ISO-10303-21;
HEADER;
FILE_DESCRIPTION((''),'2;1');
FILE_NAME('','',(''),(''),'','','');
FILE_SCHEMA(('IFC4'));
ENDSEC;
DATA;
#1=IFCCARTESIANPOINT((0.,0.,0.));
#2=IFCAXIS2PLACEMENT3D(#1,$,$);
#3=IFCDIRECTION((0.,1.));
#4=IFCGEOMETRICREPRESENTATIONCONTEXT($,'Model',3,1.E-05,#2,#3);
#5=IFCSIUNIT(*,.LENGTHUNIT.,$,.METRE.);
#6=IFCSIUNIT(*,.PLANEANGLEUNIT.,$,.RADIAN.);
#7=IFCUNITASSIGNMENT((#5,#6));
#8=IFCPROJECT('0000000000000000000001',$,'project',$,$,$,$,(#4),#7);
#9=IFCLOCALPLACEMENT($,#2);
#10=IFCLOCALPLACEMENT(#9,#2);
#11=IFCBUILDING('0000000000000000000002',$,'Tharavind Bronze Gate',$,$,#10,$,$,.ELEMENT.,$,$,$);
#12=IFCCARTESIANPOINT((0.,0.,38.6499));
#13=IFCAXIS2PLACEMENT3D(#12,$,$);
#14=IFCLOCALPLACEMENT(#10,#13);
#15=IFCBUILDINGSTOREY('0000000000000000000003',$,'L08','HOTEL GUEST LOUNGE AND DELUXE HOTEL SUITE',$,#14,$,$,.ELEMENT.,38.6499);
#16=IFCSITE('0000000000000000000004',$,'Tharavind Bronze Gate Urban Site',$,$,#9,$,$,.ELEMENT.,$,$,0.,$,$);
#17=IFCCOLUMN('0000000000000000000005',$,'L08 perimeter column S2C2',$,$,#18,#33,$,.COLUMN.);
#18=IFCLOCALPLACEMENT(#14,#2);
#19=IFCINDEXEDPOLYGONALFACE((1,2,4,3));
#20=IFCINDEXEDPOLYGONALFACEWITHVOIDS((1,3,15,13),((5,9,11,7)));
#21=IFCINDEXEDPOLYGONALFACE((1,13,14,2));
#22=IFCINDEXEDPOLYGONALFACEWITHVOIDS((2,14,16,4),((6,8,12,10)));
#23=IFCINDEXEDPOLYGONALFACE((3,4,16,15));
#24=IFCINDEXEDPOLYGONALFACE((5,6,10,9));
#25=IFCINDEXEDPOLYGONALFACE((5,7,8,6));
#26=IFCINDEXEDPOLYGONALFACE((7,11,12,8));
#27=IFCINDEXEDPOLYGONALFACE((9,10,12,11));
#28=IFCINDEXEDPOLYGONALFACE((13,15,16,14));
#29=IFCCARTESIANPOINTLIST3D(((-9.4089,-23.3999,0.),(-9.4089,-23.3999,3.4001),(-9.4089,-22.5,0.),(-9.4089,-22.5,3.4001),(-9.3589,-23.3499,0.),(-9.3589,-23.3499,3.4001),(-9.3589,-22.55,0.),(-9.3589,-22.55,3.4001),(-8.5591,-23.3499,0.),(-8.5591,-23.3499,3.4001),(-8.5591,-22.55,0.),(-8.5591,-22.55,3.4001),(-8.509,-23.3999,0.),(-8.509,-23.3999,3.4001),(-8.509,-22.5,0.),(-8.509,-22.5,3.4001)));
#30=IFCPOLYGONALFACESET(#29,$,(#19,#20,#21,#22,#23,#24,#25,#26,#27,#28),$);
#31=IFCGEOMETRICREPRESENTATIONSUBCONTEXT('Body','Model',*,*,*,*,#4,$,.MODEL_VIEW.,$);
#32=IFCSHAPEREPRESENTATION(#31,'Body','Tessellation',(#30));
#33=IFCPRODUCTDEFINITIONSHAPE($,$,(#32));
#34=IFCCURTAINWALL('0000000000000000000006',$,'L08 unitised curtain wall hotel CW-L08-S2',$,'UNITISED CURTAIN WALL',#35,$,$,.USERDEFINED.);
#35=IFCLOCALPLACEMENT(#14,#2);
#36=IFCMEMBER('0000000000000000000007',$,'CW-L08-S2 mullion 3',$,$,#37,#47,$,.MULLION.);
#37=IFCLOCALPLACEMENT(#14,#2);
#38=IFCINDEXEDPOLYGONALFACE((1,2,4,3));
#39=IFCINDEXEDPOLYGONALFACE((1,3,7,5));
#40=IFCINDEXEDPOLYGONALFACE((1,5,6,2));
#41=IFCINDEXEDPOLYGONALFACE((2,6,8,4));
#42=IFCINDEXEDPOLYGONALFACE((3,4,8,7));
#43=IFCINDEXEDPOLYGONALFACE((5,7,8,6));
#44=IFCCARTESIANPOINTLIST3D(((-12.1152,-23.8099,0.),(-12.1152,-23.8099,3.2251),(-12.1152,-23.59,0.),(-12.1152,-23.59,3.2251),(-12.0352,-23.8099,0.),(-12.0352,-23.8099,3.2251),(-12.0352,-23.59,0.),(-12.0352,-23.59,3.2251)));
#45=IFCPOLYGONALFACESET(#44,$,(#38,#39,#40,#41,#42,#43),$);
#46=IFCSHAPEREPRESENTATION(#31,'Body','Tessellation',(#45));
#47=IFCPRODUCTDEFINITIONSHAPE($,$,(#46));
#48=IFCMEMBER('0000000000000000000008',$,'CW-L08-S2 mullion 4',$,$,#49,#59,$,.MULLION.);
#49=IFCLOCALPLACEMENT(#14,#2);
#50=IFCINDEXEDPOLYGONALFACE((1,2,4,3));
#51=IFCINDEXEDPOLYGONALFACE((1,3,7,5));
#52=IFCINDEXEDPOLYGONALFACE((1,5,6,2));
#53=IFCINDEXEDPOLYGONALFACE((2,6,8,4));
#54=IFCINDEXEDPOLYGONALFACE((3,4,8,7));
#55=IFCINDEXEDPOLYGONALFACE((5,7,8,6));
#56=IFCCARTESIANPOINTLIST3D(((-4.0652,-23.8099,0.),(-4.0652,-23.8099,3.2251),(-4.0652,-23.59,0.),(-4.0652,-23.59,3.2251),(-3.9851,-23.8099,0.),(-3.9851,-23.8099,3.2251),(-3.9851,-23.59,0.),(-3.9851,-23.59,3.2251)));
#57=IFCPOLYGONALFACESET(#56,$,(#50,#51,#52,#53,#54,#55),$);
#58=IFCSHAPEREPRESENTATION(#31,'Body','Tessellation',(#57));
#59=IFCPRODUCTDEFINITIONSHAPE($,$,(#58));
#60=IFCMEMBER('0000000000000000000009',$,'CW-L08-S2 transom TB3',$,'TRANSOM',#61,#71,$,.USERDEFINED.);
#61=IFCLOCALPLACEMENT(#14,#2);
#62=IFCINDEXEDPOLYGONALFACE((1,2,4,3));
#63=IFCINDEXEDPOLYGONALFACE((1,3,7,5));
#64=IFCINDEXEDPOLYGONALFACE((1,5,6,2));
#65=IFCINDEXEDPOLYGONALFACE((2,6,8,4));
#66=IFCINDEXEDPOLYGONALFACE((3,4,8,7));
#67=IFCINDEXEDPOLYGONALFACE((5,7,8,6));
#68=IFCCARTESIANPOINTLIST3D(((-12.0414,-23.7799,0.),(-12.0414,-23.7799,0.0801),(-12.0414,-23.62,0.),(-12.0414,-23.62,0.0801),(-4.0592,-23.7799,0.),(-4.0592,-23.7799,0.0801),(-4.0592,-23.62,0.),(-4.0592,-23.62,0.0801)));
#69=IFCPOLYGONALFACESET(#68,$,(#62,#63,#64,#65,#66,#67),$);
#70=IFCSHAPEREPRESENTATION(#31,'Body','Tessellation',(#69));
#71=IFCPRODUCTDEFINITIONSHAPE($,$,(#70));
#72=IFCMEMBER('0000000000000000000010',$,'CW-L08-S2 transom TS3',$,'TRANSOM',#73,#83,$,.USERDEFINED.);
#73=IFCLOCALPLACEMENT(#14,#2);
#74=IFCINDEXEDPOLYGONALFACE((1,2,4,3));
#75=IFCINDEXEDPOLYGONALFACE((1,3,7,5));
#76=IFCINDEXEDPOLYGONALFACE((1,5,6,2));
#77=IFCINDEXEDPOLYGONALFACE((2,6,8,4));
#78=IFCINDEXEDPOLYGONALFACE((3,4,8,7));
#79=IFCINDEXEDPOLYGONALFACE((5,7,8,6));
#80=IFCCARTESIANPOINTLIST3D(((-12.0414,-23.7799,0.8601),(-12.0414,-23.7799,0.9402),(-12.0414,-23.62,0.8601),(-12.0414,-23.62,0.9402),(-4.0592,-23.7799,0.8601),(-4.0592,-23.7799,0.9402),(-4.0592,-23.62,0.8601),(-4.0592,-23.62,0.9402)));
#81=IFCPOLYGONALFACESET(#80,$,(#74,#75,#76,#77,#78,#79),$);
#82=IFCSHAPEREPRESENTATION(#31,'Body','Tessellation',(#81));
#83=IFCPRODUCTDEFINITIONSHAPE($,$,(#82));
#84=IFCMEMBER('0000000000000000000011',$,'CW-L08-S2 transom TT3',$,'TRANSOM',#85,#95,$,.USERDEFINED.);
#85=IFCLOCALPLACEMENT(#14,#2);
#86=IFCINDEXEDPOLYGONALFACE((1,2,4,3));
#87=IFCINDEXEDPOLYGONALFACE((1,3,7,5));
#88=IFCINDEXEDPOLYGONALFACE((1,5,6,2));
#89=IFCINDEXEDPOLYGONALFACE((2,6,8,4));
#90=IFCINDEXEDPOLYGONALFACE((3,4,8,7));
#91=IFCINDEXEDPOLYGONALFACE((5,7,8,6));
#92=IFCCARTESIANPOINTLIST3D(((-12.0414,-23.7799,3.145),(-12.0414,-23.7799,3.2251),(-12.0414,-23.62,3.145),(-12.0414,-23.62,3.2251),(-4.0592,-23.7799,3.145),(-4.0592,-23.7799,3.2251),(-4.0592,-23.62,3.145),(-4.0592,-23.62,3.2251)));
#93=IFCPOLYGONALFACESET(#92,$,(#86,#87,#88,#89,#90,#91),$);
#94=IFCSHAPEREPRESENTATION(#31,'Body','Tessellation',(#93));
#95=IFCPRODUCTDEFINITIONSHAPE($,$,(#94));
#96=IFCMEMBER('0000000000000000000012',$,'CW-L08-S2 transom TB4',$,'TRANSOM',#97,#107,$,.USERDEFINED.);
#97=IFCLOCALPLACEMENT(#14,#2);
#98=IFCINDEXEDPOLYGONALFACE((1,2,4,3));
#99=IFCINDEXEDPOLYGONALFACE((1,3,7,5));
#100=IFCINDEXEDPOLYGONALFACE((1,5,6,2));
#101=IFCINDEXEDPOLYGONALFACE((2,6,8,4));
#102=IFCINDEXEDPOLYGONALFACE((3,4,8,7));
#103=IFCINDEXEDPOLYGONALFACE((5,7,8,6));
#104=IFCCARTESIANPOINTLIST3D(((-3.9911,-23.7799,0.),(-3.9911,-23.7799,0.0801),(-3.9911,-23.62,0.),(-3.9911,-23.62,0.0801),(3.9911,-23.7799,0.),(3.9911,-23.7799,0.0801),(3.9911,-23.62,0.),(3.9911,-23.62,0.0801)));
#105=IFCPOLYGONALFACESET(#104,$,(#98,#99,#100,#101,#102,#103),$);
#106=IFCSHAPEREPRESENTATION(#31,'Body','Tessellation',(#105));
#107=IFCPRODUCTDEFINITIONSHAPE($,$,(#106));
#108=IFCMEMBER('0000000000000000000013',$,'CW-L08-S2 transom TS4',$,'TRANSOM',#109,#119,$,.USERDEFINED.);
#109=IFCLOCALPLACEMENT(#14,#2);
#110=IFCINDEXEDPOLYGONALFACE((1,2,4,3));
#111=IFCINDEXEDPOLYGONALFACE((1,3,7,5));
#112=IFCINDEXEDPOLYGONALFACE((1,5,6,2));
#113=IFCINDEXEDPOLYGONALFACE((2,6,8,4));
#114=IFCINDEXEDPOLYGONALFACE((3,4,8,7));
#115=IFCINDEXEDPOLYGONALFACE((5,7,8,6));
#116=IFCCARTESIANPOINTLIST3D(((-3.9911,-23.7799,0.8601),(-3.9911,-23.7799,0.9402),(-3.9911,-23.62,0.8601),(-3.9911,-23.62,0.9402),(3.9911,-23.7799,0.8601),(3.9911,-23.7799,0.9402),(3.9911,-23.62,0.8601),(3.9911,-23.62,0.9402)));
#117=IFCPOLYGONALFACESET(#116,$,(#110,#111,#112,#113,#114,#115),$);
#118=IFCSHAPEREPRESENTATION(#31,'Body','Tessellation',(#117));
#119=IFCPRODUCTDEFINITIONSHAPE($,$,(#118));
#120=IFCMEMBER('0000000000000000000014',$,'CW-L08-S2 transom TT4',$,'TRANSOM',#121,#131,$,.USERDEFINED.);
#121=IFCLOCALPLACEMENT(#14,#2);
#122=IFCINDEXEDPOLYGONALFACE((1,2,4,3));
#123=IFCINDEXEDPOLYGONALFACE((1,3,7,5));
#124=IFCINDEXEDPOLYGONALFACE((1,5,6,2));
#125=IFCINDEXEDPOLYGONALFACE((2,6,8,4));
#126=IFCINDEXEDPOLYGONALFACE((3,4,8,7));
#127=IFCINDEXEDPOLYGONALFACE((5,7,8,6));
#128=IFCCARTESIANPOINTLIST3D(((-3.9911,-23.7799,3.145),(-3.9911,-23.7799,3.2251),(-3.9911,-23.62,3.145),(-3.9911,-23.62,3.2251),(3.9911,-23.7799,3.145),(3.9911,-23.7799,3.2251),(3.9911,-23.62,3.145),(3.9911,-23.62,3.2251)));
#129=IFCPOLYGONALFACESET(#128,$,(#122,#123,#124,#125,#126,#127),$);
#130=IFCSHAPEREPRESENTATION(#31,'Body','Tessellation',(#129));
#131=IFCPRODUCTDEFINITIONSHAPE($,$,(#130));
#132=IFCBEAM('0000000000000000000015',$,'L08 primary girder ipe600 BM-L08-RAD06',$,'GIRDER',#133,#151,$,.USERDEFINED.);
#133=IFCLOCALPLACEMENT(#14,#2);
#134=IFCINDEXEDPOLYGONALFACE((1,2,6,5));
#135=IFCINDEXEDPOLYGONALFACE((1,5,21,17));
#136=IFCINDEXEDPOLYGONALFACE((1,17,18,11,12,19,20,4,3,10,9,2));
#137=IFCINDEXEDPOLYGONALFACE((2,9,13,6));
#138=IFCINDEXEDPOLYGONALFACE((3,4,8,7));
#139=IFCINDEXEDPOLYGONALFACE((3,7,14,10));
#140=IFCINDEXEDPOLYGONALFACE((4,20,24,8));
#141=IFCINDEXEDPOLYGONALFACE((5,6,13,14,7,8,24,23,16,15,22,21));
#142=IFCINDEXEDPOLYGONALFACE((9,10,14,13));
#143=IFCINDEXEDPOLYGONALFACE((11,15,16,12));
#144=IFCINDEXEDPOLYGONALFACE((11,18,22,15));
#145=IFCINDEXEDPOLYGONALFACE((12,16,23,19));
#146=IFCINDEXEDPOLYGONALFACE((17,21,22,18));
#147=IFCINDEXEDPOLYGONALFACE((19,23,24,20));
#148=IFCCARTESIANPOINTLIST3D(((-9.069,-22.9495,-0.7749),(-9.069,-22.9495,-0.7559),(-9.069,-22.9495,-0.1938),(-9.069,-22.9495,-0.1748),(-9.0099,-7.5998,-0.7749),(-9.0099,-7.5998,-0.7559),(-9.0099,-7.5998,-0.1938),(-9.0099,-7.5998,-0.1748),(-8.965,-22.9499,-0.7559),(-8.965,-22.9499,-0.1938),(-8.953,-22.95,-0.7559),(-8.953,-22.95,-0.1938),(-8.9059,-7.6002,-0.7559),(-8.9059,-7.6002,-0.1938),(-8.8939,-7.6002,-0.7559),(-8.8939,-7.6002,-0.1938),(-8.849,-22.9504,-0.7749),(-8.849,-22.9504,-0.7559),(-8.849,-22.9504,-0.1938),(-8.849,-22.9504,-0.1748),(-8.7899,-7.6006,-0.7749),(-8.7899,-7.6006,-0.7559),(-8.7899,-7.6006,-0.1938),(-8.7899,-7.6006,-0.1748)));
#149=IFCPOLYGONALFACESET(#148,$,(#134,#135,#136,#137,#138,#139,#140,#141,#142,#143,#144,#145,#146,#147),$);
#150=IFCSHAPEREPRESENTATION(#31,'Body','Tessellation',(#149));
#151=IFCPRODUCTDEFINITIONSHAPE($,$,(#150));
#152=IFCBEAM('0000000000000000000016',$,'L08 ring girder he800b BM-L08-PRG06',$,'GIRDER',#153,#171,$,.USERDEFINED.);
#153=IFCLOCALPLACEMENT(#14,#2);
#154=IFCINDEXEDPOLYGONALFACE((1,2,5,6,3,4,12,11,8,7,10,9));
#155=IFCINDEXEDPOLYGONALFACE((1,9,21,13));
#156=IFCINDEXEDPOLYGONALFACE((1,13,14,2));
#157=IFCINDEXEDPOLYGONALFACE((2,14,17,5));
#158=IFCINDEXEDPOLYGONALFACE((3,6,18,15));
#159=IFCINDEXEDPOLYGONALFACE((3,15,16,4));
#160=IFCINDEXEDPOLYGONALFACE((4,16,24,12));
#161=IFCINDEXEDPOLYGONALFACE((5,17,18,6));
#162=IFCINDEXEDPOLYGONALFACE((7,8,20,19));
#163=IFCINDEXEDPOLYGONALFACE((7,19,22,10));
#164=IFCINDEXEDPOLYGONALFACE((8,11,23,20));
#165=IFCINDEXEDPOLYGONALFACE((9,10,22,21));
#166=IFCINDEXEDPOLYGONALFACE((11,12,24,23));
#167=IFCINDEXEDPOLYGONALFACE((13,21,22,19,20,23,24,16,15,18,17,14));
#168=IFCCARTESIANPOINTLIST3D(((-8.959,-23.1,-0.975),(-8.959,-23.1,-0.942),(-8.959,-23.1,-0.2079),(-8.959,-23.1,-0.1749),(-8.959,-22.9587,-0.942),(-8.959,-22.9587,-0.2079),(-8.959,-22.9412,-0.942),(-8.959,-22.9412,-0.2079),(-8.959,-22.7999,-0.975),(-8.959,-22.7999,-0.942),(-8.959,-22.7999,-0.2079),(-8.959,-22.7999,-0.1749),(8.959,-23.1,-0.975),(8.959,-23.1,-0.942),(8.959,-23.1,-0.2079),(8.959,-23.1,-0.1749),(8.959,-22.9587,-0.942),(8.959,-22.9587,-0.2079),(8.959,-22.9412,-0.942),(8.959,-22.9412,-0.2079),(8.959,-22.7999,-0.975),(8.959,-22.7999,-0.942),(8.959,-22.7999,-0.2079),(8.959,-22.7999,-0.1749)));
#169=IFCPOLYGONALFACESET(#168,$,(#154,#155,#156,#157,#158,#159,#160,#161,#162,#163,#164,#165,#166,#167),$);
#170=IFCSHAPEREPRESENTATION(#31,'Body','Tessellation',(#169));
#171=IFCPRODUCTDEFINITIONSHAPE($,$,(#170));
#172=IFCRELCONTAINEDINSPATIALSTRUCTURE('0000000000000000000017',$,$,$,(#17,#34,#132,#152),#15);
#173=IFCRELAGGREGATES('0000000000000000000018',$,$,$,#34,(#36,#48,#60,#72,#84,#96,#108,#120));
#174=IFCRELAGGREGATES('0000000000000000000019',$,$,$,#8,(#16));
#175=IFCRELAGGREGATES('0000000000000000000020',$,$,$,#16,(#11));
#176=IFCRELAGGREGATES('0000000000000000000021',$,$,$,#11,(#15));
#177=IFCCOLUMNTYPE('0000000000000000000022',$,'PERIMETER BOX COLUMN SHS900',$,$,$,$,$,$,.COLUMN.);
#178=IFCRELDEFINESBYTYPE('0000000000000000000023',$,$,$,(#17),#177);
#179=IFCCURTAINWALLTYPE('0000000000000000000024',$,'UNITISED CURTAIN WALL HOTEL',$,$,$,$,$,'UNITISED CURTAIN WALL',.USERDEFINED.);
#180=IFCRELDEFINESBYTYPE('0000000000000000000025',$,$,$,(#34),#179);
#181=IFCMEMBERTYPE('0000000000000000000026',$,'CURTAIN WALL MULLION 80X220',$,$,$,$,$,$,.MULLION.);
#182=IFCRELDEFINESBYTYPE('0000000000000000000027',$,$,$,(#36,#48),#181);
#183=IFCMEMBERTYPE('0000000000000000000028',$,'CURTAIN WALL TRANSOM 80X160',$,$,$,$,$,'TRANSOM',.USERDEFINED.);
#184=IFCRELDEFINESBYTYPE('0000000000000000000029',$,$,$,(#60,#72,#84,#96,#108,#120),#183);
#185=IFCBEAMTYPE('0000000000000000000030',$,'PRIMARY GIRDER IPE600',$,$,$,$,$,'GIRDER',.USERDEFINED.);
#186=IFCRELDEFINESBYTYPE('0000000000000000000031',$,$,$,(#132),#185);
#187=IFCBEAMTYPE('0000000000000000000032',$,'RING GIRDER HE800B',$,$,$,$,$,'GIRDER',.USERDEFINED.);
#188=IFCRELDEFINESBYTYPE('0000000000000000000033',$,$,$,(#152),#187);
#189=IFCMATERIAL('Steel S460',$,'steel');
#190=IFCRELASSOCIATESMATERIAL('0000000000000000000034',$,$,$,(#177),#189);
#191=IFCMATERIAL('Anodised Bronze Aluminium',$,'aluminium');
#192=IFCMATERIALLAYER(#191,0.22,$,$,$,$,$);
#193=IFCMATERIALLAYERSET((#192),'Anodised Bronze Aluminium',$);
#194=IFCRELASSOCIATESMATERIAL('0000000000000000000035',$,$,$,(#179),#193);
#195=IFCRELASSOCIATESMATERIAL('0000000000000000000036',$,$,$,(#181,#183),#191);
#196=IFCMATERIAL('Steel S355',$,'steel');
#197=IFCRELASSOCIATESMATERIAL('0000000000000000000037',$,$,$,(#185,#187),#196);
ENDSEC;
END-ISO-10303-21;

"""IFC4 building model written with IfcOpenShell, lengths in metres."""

from ifc_helpers import new_model, si_unit, direction, frame, origin, origin_2d, place, context, subcontext, project, spatial, rectangle, hollow_rectangle, i_section, extrude, material, layer, layer_set, material_profile, profile_set, type_object, element, aggregate, save


model = new_model("IFC4")

# Units and contexts
model_context = context("Model", 3, precision=1e-05, world=origin(), true_north=direction((0.0, 1.0)))
body_context = subcontext(model_context, "Body", "Model", "MODEL_VIEW")
ifc_project = project(units=[si_unit("LENGTHUNIT", "METRE"), si_unit("PLANEANGLEUNIT", "RADIAN")], contexts=[model_context])

# Site, building, storey
site_placement = place(None, origin())
site = spatial("IfcSite", under=ifc_project, at=site_placement, Name="Tharavind Bronze Gate Urban Site", CompositionType="ELEMENT", RefElevation=0.0)
building_placement = place(site_placement, origin())
building = spatial("IfcBuilding", under=site, at=building_placement, Name="Tharavind Bronze Gate", CompositionType="ELEMENT")
storey_placement = place(building_placement, frame((0.0, 0.0, 38.6499)))
storey = spatial("IfcBuildingStorey", under=building, at=storey_placement, Name="L08", Description="HOTEL GUEST LOUNGE AND DELUXE HOTEL SUITE", CompositionType="ELEMENT", Elevation=38.6499)

# Column
ifc_material_1 = material(Name="Steel S460", Category="steel")
ifc_material_profile_1 = material_profile(ifc_material_1, hollow_rectangle(XDim=0.8999, YDim=0.8999, WallThickness=0.05, at=origin_2d()), Name="SHS900X50")
ifc_profile_set_1 = profile_set([ifc_material_profile_1], Name="Steel S460")
column_type = type_object("IfcColumnType", Name="PERIMETER BOX COLUMN SHS900", PredefinedType="COLUMN", material=ifc_profile_set_1)
column_placement = place(storey_placement, frame((-8.959, -22.95, 0.0), z_axis=(0.0, 0.0, 1.0), x_axis=(1.0, 0.0, 0.0)))
element("IfcColumn", 1, at=column_placement, inside=storey, type_object=column_type, Name="L08 perimeter column S2C2", PredefinedType="COLUMN", context=body_context, shape_type="SweptSolid", body=[
    extrude(hollow_rectangle(XDim=0.8999, YDim=0.8999, WallThickness=0.05, at=origin_2d()), origin(), (0.0, 0.0, 1.0), 3.4001),
])

# Curtain wall, members
ifc_material_2 = material(Name="Anodised Bronze Aluminium", Category="aluminium")
ifc_layer_1 = layer(ifc_material_2, 0.22)
ifc_layer_set_1 = layer_set([ifc_layer_1], Name="Anodised Bronze Aluminium")
curtain_wall_type = type_object("IfcCurtainWallType", Name="UNITISED CURTAIN WALL HOTEL", ElementType="UNITISED CURTAIN WALL", PredefinedType="USERDEFINED", material=ifc_layer_set_1)
curtain_wall_placement = place(storey_placement, origin())
curtain_wall = element("IfcCurtainWall", 2, at=curtain_wall_placement, inside=storey, type_object=curtain_wall_type, Name="L08 unitised curtain wall hotel CW-L08-S2", ObjectType="UNITISED CURTAIN WALL", PredefinedType="USERDEFINED")
member_type_1 = type_object("IfcMemberType", Name="CURTAIN WALL MULLION 80X220", PredefinedType="MULLION", material=ifc_material_2)
member_1_placement = place(storey_placement, frame((-12.0752, -23.7, 0.0), z_axis=(0.0, 0.0, 1.0), x_axis=(1.0, 0.0, 0.0)))
member_1 = element("IfcMember", 3, at=member_1_placement, type_object=member_type_1, Name="CW-L08-S2 mullion 3", PredefinedType="MULLION", context=body_context, shape_type="SweptSolid", body=[
    extrude(rectangle(XDim=0.0801, YDim=0.22, at=origin_2d()), origin(), (0.0, 0.0, 1.0), 3.2251),
])
member_2_placement = place(storey_placement, frame((-4.0251, -23.7, 0.0), z_axis=(0.0, 0.0, 1.0), x_axis=(1.0, 0.0, 0.0)))
member_2 = element("IfcMember", 4, at=member_2_placement, type_object=member_type_1, Name="CW-L08-S2 mullion 4", PredefinedType="MULLION", context=body_context, shape_type="SweptSolid", body=[
    extrude(rectangle(XDim=0.0801, YDim=0.22, at=origin_2d()), origin(), (0.0, 0.0, 1.0), 3.2251),
])
member_type_2 = type_object("IfcMemberType", Name="CURTAIN WALL TRANSOM 80X160", ElementType="TRANSOM", PredefinedType="USERDEFINED", material=ifc_material_2)
member_3_placement = place(storey_placement, frame((-8.0503, -23.7, 0.0), z_axis=(0.0, 0.0, 1.0), x_axis=(1.0, 0.0, 0.0)))
member_3 = element("IfcMember", 5, at=member_3_placement, type_object=member_type_2, Name="CW-L08-S2 transom TB3", ObjectType="TRANSOM", PredefinedType="USERDEFINED", context=body_context, shape_type="SweptSolid", body=[
    extrude(rectangle(XDim=7.9822, YDim=0.1599, at=origin_2d()), origin(), (0.0, 0.0, 1.0), 0.0801),
])
member_4_placement = place(storey_placement, frame((-8.0503, -23.7, 0.8601), z_axis=(0.0, 0.0, 1.0), x_axis=(1.0, 0.0, 0.0)))
member_4 = element("IfcMember", 6, at=member_4_placement, type_object=member_type_2, Name="CW-L08-S2 transom TS3", ObjectType="TRANSOM", PredefinedType="USERDEFINED", context=body_context, shape_type="SweptSolid", body=[
    extrude(rectangle(XDim=7.9822, YDim=0.1599, at=origin_2d()), origin(), (0.0, 0.0, 1.0), 0.0801),
])
member_5_placement = place(storey_placement, frame((-8.0503, -23.7, 3.145), z_axis=(0.0, 0.0, 1.0), x_axis=(1.0, 0.0, 0.0)))
member_5 = element("IfcMember", 7, at=member_5_placement, type_object=member_type_2, Name="CW-L08-S2 transom TT3", ObjectType="TRANSOM", PredefinedType="USERDEFINED", context=body_context, shape_type="SweptSolid", body=[
    extrude(rectangle(XDim=7.9822, YDim=0.1599, at=origin_2d()), origin(), (0.0, 0.0, 1.0), 0.0801),
])
member_6_placement = place(storey_placement, frame((0.0, -23.7, 0.0), z_axis=(0.0, 0.0, 1.0), x_axis=(1.0, 0.0, 0.0)))
member_6 = element("IfcMember", 8, at=member_6_placement, type_object=member_type_2, Name="CW-L08-S2 transom TB4", ObjectType="TRANSOM", PredefinedType="USERDEFINED", context=body_context, shape_type="SweptSolid", body=[
    extrude(rectangle(XDim=7.9822, YDim=0.1599, at=origin_2d()), origin(), (0.0, 0.0, 1.0), 0.0801),
])
member_7_placement = place(storey_placement, frame((0.0, -23.7, 0.8601), z_axis=(0.0, 0.0, 1.0), x_axis=(1.0, 0.0, 0.0)))
member_7 = element("IfcMember", 9, at=member_7_placement, type_object=member_type_2, Name="CW-L08-S2 transom TS4", ObjectType="TRANSOM", PredefinedType="USERDEFINED", context=body_context, shape_type="SweptSolid", body=[
    extrude(rectangle(XDim=7.9822, YDim=0.1599, at=origin_2d()), origin(), (0.0, 0.0, 1.0), 0.0801),
])
member_8_placement = place(storey_placement, frame((0.0, -23.7, 3.145), z_axis=(0.0, 0.0, 1.0), x_axis=(1.0, 0.0, 0.0)))
member_8 = element("IfcMember", 10, at=member_8_placement, type_object=member_type_2, Name="CW-L08-S2 transom TT4", ObjectType="TRANSOM", PredefinedType="USERDEFINED", context=body_context, shape_type="SweptSolid", body=[
    extrude(rectangle(XDim=7.9822, YDim=0.1599, at=origin_2d()), origin(), (0.0, 0.0, 1.0), 0.0801),
])

# Beams
ifc_material_3 = material(Name="Steel S355", Category="steel")
ifc_material_profile_2 = material_profile(ifc_material_3, i_section(OverallWidth=0.22, OverallDepth=0.6001, WebThickness=0.012, FlangeThickness=0.019, at=origin_2d()), Name="IPE600")
ifc_profile_set_2 = profile_set([ifc_material_profile_2], Name="Steel S355")
beam_type_1 = type_object("IfcBeamType", Name="PRIMARY GIRDER IPE600", ElementType="GIRDER", PredefinedType="USERDEFINED", material=ifc_profile_set_2)
beam_1_placement = place(storey_placement, frame((-8.959, -22.95, -0.4749), z_axis=(0.003849, 0.999993, 0.0), x_axis=(-0.999993, 0.003849, 0.0)))
element("IfcBeam", 11, at=beam_1_placement, inside=storey, type_object=beam_type_1, Name="L08 primary girder ipe600 BM-L08-RAD06", ObjectType="GIRDER", PredefinedType="USERDEFINED", context=body_context, shape_type="SweptSolid", body=[
    extrude(i_section(OverallWidth=0.22, OverallDepth=0.6001, WebThickness=0.012, FlangeThickness=0.019, at=origin_2d()), origin(), (0.0, 0.0, 1.0), 15.3499),
])
ifc_material_profile_3 = material_profile(ifc_material_3, i_section(OverallWidth=0.3, OverallDepth=0.8, WebThickness=0.0176, FlangeThickness=0.033, at=origin_2d()), Name="HE800B")
ifc_profile_set_3 = profile_set([ifc_material_profile_3], Name="Steel S355")
beam_type_2 = type_object("IfcBeamType", Name="RING GIRDER HE800B", ElementType="GIRDER", PredefinedType="USERDEFINED", material=ifc_profile_set_3)
beam_2_placement = place(storey_placement, frame((-8.959, -22.95, -0.575), z_axis=(1.0, 0.0, 0.0), x_axis=(0.0, 1.0, 0.0)))
element("IfcBeam", 12, at=beam_2_placement, inside=storey, type_object=beam_type_2, Name="L08 ring girder he800b BM-L08-PRG06", ObjectType="GIRDER", PredefinedType="USERDEFINED", context=body_context, shape_type="SweptSolid", body=[
    extrude(i_section(OverallWidth=0.3, OverallDepth=0.8, WebThickness=0.0176, FlangeThickness=0.033, at=origin_2d()), origin(), (0.0, 0.0, 1.0), 17.918),
])

aggregate(curtain_wall, [member_1, member_2, member_3, member_4, member_5, member_6, member_7, member_8])

save(model, "model.ifc")
